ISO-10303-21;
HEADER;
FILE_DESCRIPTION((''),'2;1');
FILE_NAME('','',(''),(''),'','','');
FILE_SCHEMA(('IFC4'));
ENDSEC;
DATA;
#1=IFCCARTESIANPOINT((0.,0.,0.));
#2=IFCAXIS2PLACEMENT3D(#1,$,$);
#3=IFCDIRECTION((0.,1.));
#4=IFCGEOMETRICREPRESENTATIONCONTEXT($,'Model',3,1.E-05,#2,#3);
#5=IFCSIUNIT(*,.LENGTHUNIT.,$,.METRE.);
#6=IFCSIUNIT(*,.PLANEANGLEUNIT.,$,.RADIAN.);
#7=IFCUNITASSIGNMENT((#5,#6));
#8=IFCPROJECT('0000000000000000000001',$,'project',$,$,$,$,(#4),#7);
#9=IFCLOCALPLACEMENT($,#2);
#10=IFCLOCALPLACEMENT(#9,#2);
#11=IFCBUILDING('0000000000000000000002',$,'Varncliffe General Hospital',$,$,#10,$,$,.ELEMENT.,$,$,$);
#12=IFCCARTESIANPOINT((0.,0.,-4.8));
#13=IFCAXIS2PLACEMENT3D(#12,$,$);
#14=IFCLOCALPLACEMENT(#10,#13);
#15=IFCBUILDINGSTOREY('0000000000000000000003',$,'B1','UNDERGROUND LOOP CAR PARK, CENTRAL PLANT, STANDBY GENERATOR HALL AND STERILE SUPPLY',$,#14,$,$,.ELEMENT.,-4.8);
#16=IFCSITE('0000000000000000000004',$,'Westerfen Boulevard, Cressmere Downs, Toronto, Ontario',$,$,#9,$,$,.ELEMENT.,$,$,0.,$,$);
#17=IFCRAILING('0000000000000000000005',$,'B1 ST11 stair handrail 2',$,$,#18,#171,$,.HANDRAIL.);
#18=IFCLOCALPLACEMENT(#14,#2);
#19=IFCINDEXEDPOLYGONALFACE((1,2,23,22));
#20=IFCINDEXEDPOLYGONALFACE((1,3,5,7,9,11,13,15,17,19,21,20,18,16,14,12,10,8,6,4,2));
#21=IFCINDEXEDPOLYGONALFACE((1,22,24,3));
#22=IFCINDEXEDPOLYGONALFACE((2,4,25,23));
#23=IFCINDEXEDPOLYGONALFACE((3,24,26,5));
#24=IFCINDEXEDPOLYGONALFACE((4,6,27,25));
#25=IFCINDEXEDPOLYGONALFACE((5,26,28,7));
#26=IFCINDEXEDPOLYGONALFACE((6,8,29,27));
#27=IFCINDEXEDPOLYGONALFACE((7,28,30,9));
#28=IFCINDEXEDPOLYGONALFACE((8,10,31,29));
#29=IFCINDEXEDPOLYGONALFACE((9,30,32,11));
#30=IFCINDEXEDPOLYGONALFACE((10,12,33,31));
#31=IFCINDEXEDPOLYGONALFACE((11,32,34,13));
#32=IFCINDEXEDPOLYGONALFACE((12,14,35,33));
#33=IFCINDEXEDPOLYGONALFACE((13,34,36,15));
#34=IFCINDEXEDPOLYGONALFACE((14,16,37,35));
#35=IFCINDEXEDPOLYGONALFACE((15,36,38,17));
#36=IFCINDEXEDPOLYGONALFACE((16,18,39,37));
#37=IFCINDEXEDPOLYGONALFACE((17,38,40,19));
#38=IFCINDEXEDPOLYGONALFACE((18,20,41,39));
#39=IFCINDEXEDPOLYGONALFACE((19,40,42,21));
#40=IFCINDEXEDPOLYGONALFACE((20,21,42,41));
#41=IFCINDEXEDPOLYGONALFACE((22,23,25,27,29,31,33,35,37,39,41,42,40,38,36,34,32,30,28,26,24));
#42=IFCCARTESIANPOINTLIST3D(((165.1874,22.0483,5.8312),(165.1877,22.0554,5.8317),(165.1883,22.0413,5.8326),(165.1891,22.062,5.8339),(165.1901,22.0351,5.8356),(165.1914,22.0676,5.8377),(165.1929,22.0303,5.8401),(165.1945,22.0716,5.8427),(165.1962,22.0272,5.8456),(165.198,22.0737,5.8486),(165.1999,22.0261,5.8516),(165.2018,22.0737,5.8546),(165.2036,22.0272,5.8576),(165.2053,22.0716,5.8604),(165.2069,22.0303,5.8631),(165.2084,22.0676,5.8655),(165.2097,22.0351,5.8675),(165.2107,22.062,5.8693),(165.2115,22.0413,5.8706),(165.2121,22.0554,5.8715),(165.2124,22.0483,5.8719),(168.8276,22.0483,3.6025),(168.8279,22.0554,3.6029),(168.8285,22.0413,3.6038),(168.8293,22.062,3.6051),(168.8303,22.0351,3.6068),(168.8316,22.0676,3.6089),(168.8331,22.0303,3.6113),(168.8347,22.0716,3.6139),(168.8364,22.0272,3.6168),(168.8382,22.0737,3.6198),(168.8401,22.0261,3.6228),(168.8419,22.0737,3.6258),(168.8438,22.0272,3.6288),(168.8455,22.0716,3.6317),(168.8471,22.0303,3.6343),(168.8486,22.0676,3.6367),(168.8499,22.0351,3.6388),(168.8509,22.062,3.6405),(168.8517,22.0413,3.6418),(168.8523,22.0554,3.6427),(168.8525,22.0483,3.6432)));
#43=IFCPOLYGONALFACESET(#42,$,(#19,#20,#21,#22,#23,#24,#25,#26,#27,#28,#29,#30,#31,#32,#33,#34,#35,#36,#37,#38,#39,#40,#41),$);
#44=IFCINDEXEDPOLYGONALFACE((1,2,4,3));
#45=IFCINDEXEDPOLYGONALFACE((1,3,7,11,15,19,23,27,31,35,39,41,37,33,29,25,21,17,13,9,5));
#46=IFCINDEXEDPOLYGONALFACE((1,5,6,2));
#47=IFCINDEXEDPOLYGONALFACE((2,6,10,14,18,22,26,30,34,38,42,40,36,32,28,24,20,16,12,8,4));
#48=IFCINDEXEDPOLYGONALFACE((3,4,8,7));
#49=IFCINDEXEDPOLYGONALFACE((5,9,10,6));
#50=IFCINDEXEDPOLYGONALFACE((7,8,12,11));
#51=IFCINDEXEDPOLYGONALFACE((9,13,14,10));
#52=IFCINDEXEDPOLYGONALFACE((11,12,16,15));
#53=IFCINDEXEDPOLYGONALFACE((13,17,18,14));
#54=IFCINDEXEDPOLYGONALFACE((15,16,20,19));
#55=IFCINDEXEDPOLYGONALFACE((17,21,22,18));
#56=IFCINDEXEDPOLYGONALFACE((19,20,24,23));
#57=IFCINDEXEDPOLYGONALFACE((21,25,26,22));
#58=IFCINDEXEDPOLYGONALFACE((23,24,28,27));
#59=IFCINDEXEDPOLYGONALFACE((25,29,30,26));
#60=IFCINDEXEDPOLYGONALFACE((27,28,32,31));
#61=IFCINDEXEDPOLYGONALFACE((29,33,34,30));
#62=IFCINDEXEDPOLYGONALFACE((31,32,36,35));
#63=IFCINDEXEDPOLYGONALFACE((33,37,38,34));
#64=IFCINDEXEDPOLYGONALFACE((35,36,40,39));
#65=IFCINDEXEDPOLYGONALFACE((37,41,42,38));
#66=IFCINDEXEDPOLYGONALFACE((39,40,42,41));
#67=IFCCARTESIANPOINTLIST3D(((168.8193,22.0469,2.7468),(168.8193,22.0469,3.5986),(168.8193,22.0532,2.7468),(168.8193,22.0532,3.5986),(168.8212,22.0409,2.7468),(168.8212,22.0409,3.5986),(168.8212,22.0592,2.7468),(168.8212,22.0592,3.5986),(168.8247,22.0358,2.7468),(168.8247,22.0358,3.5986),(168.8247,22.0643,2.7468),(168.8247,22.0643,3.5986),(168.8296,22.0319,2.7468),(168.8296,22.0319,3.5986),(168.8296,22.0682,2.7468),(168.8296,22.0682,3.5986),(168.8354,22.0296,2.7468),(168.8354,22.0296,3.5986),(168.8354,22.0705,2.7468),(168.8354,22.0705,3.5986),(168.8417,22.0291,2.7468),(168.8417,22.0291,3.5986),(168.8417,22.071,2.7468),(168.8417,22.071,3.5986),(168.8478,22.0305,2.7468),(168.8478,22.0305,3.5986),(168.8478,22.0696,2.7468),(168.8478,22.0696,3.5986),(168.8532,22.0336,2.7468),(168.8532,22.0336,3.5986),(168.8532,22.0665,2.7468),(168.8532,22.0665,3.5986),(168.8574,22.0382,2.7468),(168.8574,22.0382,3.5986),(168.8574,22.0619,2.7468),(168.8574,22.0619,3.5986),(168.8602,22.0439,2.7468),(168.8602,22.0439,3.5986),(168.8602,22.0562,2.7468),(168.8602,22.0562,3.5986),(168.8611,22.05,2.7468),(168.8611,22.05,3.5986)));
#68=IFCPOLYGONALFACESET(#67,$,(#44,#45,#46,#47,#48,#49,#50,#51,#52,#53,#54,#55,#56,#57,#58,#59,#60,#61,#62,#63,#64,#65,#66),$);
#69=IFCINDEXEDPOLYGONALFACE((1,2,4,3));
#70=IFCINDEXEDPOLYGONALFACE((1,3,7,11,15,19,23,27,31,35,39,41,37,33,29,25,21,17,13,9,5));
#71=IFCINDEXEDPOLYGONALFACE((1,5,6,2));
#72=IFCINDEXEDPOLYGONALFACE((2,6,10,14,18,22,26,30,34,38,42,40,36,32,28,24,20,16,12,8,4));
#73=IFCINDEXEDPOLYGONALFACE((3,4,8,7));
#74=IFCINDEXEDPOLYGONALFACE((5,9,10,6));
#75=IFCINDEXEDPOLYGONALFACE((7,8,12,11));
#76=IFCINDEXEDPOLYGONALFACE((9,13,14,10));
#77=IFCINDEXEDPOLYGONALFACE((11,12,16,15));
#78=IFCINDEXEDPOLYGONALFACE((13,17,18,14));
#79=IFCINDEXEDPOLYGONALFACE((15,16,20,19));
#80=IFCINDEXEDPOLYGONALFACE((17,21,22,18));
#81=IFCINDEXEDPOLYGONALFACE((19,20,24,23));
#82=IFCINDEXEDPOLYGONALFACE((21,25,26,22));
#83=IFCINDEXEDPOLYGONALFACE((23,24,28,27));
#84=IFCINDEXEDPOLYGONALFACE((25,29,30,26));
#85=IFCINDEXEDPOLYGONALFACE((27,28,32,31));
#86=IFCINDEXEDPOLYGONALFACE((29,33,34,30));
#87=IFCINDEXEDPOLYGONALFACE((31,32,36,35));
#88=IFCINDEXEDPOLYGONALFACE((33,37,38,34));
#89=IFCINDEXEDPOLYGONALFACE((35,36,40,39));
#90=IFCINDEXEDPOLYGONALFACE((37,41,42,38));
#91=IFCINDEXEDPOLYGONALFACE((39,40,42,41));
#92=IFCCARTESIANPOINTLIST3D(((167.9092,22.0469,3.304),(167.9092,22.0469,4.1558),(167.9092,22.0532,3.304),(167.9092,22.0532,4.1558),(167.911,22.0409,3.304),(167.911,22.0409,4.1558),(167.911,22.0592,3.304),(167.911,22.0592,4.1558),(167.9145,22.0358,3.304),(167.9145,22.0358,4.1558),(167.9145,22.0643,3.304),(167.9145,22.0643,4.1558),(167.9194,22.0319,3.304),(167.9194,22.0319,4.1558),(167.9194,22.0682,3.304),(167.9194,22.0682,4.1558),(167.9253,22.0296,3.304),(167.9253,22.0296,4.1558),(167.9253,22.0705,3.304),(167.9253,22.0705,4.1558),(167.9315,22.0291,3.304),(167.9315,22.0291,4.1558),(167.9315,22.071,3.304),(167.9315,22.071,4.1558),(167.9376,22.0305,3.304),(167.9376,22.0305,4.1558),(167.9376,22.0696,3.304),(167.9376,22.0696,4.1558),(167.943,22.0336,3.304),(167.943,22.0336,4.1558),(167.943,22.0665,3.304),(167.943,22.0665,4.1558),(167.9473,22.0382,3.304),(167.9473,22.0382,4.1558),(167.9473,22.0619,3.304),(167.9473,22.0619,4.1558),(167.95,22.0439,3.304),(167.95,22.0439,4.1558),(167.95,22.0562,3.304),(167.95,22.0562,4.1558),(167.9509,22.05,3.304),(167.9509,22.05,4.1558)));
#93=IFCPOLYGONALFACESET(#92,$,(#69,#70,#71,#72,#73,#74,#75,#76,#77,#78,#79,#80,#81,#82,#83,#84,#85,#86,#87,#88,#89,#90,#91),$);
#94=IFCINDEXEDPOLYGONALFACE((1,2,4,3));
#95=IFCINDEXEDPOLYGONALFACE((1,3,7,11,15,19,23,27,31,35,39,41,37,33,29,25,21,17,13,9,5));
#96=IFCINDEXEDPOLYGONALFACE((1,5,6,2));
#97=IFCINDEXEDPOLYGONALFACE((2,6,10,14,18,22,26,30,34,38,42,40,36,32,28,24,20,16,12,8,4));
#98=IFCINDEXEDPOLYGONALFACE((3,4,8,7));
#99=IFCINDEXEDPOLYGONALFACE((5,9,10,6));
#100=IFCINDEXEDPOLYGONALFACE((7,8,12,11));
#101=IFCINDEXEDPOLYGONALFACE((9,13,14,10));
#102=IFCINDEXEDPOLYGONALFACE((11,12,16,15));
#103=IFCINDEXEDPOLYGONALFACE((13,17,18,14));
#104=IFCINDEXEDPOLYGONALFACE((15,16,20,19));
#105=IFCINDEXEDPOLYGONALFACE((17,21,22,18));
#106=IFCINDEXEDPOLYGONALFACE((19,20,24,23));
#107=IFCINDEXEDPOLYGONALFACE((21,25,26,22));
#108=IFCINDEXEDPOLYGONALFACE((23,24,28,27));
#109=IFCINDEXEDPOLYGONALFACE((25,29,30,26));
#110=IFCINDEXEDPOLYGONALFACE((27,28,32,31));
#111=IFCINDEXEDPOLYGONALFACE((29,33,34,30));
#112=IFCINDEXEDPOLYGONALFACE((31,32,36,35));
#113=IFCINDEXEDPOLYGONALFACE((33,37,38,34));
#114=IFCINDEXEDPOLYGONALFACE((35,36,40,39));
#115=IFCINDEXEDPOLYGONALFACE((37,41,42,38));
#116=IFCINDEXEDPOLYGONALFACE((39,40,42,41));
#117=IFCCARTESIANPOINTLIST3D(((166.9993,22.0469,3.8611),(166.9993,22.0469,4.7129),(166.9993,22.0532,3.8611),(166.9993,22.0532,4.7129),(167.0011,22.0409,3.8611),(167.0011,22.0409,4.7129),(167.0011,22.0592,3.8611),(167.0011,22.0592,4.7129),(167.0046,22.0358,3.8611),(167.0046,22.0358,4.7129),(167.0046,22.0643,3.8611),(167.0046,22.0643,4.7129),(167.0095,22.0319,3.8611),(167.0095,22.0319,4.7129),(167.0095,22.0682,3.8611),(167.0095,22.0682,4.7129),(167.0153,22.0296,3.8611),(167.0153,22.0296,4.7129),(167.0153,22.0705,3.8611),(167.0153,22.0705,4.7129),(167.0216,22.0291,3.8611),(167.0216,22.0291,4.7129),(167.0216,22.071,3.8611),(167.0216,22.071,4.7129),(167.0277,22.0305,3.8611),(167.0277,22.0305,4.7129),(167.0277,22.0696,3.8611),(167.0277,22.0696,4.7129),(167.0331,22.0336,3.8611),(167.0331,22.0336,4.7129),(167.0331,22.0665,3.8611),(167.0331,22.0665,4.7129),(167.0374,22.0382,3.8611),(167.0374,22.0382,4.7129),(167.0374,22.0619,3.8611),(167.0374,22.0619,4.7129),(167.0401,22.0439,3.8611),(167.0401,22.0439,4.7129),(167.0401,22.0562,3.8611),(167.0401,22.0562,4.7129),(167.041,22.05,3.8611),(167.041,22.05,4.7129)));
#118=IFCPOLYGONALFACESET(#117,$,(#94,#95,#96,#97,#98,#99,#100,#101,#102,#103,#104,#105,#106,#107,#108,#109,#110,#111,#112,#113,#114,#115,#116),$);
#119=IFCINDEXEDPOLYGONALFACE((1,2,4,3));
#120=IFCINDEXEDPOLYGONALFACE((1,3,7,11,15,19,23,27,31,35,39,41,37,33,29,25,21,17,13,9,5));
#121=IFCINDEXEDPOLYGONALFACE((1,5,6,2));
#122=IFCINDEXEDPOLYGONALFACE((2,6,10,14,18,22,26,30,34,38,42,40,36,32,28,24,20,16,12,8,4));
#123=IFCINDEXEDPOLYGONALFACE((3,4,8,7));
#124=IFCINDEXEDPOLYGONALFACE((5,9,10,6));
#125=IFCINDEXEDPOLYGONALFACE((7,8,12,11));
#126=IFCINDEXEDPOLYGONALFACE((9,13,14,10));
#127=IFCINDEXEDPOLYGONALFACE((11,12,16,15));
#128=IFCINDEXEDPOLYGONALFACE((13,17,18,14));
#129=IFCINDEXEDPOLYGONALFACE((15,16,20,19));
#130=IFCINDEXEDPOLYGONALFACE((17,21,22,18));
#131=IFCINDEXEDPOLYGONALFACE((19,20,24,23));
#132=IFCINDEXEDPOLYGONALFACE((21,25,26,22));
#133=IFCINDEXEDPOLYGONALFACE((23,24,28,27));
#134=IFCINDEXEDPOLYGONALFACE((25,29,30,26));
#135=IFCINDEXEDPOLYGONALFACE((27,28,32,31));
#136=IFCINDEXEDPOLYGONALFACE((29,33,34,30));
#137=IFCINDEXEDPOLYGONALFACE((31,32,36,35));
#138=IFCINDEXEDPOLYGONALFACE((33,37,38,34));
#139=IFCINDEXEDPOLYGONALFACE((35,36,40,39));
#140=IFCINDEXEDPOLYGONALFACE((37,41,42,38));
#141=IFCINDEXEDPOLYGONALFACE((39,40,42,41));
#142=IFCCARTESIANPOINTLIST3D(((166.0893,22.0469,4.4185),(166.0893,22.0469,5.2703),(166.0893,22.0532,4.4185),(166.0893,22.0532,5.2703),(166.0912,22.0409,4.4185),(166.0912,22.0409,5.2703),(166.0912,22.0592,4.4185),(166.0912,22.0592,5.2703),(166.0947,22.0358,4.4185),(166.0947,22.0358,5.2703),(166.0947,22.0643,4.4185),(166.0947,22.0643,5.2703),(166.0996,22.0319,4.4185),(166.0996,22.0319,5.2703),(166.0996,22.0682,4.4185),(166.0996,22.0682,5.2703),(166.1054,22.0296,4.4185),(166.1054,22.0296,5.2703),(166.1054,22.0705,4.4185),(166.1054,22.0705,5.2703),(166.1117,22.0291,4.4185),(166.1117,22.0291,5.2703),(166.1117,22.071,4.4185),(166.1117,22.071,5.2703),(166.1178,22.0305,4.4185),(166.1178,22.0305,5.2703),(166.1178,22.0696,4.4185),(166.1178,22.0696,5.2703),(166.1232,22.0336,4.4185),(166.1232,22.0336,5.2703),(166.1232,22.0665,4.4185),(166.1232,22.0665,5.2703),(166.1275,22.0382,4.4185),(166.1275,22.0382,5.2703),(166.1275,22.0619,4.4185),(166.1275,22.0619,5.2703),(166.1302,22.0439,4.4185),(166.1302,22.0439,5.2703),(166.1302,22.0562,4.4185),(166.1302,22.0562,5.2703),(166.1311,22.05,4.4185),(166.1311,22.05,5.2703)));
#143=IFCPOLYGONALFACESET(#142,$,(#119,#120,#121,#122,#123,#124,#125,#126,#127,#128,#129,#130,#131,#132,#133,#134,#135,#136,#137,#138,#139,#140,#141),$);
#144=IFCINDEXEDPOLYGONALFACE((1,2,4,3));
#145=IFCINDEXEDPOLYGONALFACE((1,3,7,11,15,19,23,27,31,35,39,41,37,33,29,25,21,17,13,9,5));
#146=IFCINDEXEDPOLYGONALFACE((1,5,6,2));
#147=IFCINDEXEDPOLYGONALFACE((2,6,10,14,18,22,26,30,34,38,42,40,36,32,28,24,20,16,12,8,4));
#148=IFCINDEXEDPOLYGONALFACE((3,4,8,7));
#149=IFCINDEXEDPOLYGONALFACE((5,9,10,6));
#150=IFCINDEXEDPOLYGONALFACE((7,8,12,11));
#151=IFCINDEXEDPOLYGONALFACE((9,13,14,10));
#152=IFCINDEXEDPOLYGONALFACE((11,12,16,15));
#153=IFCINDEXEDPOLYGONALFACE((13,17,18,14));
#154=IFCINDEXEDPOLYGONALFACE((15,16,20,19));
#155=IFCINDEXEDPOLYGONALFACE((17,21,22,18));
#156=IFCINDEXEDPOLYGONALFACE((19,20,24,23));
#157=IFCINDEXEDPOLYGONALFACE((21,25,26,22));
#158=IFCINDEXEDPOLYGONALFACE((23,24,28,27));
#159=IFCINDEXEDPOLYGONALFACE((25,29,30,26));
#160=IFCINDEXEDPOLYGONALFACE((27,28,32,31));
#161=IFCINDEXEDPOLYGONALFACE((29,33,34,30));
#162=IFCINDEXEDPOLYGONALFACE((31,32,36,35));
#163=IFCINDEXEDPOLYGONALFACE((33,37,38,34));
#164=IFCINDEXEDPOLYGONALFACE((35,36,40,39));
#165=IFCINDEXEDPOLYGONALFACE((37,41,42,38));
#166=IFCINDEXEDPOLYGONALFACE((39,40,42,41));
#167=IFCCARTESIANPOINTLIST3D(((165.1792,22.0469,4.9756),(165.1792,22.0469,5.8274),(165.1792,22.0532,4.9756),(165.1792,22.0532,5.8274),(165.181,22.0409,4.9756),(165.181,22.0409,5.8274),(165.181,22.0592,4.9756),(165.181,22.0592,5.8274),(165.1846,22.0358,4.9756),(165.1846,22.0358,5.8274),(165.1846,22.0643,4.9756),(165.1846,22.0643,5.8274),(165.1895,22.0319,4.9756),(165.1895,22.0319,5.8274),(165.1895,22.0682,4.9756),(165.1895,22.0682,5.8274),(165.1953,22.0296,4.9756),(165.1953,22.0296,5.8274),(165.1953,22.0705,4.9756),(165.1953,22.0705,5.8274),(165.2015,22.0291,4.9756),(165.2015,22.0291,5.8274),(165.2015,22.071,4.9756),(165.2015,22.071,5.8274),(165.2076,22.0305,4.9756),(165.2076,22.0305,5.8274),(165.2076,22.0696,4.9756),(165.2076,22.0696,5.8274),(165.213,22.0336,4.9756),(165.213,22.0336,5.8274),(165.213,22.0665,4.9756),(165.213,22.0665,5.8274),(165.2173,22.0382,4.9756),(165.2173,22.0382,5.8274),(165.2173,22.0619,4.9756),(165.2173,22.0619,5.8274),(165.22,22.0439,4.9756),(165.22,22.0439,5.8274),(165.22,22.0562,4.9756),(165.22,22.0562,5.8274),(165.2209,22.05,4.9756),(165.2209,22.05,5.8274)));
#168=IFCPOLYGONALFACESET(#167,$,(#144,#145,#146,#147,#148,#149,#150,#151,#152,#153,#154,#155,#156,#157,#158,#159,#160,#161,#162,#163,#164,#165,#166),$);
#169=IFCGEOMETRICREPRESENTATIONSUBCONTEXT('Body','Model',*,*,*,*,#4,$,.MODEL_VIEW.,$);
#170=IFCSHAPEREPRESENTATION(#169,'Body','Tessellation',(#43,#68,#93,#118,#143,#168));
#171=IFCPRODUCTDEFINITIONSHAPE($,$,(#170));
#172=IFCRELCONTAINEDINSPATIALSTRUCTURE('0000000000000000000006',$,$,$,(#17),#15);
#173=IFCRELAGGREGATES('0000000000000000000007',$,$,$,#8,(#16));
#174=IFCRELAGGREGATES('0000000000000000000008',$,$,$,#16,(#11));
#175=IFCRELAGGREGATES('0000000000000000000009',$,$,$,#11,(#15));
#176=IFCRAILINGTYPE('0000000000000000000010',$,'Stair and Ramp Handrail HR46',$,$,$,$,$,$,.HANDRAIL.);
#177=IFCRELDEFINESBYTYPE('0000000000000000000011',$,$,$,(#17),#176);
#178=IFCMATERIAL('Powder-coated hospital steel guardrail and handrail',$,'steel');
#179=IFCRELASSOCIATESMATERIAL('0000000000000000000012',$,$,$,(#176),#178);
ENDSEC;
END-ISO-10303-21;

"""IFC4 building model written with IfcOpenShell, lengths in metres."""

from ifc_helpers import new_model, si_unit, direction, frame, origin, origin_2d, place, context, subcontext, project, spatial, circle, extrude, material, type_object, element, save


model = new_model("IFC4")

# Units and contexts
model_context = context("Model", 3, precision=1e-05, world=origin(), true_north=direction((0.0, 1.0)))
body_context = subcontext(model_context, "Body", "Model", "MODEL_VIEW")
ifc_project = project(units=[si_unit("LENGTHUNIT", "METRE"), si_unit("PLANEANGLEUNIT", "RADIAN")], contexts=[model_context])

# Site, building, storey
site_placement = place(None, origin())
site = spatial("IfcSite", under=ifc_project, at=site_placement, Name="Westerfen Boulevard, Cressmere Downs, Toronto, Ontario", CompositionType="ELEMENT", RefElevation=0.0)
building_placement = place(site_placement, origin())
building = spatial("IfcBuilding", under=site, at=building_placement, Name="Varncliffe General Hospital", CompositionType="ELEMENT")
storey_placement = place(building_placement, frame((0.0, 0.0, -4.8)))
storey = spatial("IfcBuildingStorey", under=building, at=storey_placement, Name="B1", Description="UNDERGROUND LOOP CAR PARK, CENTRAL PLANT, STANDBY GENERATOR HALL AND STERILE SUPPLY", CompositionType="ELEMENT", Elevation=-4.8)

# Railing
ifc_material_1 = material(Name="Powder-coated hospital steel guardrail and handrail", Category="steel")
railing_type_1 = type_object("IfcRailingType", Name="Stair and Ramp Handrail HR46", PredefinedType="HANDRAIL", material=ifc_material_1)
railing_1_placement = place(storey_placement, frame((168.8401, 22.05, 2.7468)))
element("IfcRailing", 1, at=railing_1_placement, inside=storey, type_object=railing_type_1, Name="B1 ST11 stair handrail 2", PredefinedType="HANDRAIL", context=body_context, shape_type="SweptSolid", body=[
    extrude(circle(Radius=0.0239, at=origin_2d()), frame((0.0, 0.0, 0.876), z_axis=(-0.85284, 0.0, 0.522172), x_axis=(0.0, -1.0, 0.0)), (0.0, 0.0, 1.0), 4.2683),
    extrude(circle(Radius=0.021, at=origin_2d()), origin(), (0.0, 0.0, 1.0), 0.8518),
    extrude(circle(Radius=0.021, at=origin_2d()), frame((-0.9102, 0.0, 0.5571)), (0.0, 0.0, 1.0), 0.8518),
    extrude(circle(Radius=0.021, at=origin_2d()), frame((-1.8201, 0.0, 1.1143)), (0.0, 0.0, 1.0), 0.8518),
    extrude(circle(Radius=0.021, at=origin_2d()), frame((-2.73, 0.0, 1.6716)), (0.0, 0.0, 1.0), 0.8518),
    extrude(circle(Radius=0.021, at=origin_2d()), frame((-3.6401, 0.0, 2.2288)), (0.0, 0.0, 1.0), 0.8518),
])

save(model, "model.ifc")
